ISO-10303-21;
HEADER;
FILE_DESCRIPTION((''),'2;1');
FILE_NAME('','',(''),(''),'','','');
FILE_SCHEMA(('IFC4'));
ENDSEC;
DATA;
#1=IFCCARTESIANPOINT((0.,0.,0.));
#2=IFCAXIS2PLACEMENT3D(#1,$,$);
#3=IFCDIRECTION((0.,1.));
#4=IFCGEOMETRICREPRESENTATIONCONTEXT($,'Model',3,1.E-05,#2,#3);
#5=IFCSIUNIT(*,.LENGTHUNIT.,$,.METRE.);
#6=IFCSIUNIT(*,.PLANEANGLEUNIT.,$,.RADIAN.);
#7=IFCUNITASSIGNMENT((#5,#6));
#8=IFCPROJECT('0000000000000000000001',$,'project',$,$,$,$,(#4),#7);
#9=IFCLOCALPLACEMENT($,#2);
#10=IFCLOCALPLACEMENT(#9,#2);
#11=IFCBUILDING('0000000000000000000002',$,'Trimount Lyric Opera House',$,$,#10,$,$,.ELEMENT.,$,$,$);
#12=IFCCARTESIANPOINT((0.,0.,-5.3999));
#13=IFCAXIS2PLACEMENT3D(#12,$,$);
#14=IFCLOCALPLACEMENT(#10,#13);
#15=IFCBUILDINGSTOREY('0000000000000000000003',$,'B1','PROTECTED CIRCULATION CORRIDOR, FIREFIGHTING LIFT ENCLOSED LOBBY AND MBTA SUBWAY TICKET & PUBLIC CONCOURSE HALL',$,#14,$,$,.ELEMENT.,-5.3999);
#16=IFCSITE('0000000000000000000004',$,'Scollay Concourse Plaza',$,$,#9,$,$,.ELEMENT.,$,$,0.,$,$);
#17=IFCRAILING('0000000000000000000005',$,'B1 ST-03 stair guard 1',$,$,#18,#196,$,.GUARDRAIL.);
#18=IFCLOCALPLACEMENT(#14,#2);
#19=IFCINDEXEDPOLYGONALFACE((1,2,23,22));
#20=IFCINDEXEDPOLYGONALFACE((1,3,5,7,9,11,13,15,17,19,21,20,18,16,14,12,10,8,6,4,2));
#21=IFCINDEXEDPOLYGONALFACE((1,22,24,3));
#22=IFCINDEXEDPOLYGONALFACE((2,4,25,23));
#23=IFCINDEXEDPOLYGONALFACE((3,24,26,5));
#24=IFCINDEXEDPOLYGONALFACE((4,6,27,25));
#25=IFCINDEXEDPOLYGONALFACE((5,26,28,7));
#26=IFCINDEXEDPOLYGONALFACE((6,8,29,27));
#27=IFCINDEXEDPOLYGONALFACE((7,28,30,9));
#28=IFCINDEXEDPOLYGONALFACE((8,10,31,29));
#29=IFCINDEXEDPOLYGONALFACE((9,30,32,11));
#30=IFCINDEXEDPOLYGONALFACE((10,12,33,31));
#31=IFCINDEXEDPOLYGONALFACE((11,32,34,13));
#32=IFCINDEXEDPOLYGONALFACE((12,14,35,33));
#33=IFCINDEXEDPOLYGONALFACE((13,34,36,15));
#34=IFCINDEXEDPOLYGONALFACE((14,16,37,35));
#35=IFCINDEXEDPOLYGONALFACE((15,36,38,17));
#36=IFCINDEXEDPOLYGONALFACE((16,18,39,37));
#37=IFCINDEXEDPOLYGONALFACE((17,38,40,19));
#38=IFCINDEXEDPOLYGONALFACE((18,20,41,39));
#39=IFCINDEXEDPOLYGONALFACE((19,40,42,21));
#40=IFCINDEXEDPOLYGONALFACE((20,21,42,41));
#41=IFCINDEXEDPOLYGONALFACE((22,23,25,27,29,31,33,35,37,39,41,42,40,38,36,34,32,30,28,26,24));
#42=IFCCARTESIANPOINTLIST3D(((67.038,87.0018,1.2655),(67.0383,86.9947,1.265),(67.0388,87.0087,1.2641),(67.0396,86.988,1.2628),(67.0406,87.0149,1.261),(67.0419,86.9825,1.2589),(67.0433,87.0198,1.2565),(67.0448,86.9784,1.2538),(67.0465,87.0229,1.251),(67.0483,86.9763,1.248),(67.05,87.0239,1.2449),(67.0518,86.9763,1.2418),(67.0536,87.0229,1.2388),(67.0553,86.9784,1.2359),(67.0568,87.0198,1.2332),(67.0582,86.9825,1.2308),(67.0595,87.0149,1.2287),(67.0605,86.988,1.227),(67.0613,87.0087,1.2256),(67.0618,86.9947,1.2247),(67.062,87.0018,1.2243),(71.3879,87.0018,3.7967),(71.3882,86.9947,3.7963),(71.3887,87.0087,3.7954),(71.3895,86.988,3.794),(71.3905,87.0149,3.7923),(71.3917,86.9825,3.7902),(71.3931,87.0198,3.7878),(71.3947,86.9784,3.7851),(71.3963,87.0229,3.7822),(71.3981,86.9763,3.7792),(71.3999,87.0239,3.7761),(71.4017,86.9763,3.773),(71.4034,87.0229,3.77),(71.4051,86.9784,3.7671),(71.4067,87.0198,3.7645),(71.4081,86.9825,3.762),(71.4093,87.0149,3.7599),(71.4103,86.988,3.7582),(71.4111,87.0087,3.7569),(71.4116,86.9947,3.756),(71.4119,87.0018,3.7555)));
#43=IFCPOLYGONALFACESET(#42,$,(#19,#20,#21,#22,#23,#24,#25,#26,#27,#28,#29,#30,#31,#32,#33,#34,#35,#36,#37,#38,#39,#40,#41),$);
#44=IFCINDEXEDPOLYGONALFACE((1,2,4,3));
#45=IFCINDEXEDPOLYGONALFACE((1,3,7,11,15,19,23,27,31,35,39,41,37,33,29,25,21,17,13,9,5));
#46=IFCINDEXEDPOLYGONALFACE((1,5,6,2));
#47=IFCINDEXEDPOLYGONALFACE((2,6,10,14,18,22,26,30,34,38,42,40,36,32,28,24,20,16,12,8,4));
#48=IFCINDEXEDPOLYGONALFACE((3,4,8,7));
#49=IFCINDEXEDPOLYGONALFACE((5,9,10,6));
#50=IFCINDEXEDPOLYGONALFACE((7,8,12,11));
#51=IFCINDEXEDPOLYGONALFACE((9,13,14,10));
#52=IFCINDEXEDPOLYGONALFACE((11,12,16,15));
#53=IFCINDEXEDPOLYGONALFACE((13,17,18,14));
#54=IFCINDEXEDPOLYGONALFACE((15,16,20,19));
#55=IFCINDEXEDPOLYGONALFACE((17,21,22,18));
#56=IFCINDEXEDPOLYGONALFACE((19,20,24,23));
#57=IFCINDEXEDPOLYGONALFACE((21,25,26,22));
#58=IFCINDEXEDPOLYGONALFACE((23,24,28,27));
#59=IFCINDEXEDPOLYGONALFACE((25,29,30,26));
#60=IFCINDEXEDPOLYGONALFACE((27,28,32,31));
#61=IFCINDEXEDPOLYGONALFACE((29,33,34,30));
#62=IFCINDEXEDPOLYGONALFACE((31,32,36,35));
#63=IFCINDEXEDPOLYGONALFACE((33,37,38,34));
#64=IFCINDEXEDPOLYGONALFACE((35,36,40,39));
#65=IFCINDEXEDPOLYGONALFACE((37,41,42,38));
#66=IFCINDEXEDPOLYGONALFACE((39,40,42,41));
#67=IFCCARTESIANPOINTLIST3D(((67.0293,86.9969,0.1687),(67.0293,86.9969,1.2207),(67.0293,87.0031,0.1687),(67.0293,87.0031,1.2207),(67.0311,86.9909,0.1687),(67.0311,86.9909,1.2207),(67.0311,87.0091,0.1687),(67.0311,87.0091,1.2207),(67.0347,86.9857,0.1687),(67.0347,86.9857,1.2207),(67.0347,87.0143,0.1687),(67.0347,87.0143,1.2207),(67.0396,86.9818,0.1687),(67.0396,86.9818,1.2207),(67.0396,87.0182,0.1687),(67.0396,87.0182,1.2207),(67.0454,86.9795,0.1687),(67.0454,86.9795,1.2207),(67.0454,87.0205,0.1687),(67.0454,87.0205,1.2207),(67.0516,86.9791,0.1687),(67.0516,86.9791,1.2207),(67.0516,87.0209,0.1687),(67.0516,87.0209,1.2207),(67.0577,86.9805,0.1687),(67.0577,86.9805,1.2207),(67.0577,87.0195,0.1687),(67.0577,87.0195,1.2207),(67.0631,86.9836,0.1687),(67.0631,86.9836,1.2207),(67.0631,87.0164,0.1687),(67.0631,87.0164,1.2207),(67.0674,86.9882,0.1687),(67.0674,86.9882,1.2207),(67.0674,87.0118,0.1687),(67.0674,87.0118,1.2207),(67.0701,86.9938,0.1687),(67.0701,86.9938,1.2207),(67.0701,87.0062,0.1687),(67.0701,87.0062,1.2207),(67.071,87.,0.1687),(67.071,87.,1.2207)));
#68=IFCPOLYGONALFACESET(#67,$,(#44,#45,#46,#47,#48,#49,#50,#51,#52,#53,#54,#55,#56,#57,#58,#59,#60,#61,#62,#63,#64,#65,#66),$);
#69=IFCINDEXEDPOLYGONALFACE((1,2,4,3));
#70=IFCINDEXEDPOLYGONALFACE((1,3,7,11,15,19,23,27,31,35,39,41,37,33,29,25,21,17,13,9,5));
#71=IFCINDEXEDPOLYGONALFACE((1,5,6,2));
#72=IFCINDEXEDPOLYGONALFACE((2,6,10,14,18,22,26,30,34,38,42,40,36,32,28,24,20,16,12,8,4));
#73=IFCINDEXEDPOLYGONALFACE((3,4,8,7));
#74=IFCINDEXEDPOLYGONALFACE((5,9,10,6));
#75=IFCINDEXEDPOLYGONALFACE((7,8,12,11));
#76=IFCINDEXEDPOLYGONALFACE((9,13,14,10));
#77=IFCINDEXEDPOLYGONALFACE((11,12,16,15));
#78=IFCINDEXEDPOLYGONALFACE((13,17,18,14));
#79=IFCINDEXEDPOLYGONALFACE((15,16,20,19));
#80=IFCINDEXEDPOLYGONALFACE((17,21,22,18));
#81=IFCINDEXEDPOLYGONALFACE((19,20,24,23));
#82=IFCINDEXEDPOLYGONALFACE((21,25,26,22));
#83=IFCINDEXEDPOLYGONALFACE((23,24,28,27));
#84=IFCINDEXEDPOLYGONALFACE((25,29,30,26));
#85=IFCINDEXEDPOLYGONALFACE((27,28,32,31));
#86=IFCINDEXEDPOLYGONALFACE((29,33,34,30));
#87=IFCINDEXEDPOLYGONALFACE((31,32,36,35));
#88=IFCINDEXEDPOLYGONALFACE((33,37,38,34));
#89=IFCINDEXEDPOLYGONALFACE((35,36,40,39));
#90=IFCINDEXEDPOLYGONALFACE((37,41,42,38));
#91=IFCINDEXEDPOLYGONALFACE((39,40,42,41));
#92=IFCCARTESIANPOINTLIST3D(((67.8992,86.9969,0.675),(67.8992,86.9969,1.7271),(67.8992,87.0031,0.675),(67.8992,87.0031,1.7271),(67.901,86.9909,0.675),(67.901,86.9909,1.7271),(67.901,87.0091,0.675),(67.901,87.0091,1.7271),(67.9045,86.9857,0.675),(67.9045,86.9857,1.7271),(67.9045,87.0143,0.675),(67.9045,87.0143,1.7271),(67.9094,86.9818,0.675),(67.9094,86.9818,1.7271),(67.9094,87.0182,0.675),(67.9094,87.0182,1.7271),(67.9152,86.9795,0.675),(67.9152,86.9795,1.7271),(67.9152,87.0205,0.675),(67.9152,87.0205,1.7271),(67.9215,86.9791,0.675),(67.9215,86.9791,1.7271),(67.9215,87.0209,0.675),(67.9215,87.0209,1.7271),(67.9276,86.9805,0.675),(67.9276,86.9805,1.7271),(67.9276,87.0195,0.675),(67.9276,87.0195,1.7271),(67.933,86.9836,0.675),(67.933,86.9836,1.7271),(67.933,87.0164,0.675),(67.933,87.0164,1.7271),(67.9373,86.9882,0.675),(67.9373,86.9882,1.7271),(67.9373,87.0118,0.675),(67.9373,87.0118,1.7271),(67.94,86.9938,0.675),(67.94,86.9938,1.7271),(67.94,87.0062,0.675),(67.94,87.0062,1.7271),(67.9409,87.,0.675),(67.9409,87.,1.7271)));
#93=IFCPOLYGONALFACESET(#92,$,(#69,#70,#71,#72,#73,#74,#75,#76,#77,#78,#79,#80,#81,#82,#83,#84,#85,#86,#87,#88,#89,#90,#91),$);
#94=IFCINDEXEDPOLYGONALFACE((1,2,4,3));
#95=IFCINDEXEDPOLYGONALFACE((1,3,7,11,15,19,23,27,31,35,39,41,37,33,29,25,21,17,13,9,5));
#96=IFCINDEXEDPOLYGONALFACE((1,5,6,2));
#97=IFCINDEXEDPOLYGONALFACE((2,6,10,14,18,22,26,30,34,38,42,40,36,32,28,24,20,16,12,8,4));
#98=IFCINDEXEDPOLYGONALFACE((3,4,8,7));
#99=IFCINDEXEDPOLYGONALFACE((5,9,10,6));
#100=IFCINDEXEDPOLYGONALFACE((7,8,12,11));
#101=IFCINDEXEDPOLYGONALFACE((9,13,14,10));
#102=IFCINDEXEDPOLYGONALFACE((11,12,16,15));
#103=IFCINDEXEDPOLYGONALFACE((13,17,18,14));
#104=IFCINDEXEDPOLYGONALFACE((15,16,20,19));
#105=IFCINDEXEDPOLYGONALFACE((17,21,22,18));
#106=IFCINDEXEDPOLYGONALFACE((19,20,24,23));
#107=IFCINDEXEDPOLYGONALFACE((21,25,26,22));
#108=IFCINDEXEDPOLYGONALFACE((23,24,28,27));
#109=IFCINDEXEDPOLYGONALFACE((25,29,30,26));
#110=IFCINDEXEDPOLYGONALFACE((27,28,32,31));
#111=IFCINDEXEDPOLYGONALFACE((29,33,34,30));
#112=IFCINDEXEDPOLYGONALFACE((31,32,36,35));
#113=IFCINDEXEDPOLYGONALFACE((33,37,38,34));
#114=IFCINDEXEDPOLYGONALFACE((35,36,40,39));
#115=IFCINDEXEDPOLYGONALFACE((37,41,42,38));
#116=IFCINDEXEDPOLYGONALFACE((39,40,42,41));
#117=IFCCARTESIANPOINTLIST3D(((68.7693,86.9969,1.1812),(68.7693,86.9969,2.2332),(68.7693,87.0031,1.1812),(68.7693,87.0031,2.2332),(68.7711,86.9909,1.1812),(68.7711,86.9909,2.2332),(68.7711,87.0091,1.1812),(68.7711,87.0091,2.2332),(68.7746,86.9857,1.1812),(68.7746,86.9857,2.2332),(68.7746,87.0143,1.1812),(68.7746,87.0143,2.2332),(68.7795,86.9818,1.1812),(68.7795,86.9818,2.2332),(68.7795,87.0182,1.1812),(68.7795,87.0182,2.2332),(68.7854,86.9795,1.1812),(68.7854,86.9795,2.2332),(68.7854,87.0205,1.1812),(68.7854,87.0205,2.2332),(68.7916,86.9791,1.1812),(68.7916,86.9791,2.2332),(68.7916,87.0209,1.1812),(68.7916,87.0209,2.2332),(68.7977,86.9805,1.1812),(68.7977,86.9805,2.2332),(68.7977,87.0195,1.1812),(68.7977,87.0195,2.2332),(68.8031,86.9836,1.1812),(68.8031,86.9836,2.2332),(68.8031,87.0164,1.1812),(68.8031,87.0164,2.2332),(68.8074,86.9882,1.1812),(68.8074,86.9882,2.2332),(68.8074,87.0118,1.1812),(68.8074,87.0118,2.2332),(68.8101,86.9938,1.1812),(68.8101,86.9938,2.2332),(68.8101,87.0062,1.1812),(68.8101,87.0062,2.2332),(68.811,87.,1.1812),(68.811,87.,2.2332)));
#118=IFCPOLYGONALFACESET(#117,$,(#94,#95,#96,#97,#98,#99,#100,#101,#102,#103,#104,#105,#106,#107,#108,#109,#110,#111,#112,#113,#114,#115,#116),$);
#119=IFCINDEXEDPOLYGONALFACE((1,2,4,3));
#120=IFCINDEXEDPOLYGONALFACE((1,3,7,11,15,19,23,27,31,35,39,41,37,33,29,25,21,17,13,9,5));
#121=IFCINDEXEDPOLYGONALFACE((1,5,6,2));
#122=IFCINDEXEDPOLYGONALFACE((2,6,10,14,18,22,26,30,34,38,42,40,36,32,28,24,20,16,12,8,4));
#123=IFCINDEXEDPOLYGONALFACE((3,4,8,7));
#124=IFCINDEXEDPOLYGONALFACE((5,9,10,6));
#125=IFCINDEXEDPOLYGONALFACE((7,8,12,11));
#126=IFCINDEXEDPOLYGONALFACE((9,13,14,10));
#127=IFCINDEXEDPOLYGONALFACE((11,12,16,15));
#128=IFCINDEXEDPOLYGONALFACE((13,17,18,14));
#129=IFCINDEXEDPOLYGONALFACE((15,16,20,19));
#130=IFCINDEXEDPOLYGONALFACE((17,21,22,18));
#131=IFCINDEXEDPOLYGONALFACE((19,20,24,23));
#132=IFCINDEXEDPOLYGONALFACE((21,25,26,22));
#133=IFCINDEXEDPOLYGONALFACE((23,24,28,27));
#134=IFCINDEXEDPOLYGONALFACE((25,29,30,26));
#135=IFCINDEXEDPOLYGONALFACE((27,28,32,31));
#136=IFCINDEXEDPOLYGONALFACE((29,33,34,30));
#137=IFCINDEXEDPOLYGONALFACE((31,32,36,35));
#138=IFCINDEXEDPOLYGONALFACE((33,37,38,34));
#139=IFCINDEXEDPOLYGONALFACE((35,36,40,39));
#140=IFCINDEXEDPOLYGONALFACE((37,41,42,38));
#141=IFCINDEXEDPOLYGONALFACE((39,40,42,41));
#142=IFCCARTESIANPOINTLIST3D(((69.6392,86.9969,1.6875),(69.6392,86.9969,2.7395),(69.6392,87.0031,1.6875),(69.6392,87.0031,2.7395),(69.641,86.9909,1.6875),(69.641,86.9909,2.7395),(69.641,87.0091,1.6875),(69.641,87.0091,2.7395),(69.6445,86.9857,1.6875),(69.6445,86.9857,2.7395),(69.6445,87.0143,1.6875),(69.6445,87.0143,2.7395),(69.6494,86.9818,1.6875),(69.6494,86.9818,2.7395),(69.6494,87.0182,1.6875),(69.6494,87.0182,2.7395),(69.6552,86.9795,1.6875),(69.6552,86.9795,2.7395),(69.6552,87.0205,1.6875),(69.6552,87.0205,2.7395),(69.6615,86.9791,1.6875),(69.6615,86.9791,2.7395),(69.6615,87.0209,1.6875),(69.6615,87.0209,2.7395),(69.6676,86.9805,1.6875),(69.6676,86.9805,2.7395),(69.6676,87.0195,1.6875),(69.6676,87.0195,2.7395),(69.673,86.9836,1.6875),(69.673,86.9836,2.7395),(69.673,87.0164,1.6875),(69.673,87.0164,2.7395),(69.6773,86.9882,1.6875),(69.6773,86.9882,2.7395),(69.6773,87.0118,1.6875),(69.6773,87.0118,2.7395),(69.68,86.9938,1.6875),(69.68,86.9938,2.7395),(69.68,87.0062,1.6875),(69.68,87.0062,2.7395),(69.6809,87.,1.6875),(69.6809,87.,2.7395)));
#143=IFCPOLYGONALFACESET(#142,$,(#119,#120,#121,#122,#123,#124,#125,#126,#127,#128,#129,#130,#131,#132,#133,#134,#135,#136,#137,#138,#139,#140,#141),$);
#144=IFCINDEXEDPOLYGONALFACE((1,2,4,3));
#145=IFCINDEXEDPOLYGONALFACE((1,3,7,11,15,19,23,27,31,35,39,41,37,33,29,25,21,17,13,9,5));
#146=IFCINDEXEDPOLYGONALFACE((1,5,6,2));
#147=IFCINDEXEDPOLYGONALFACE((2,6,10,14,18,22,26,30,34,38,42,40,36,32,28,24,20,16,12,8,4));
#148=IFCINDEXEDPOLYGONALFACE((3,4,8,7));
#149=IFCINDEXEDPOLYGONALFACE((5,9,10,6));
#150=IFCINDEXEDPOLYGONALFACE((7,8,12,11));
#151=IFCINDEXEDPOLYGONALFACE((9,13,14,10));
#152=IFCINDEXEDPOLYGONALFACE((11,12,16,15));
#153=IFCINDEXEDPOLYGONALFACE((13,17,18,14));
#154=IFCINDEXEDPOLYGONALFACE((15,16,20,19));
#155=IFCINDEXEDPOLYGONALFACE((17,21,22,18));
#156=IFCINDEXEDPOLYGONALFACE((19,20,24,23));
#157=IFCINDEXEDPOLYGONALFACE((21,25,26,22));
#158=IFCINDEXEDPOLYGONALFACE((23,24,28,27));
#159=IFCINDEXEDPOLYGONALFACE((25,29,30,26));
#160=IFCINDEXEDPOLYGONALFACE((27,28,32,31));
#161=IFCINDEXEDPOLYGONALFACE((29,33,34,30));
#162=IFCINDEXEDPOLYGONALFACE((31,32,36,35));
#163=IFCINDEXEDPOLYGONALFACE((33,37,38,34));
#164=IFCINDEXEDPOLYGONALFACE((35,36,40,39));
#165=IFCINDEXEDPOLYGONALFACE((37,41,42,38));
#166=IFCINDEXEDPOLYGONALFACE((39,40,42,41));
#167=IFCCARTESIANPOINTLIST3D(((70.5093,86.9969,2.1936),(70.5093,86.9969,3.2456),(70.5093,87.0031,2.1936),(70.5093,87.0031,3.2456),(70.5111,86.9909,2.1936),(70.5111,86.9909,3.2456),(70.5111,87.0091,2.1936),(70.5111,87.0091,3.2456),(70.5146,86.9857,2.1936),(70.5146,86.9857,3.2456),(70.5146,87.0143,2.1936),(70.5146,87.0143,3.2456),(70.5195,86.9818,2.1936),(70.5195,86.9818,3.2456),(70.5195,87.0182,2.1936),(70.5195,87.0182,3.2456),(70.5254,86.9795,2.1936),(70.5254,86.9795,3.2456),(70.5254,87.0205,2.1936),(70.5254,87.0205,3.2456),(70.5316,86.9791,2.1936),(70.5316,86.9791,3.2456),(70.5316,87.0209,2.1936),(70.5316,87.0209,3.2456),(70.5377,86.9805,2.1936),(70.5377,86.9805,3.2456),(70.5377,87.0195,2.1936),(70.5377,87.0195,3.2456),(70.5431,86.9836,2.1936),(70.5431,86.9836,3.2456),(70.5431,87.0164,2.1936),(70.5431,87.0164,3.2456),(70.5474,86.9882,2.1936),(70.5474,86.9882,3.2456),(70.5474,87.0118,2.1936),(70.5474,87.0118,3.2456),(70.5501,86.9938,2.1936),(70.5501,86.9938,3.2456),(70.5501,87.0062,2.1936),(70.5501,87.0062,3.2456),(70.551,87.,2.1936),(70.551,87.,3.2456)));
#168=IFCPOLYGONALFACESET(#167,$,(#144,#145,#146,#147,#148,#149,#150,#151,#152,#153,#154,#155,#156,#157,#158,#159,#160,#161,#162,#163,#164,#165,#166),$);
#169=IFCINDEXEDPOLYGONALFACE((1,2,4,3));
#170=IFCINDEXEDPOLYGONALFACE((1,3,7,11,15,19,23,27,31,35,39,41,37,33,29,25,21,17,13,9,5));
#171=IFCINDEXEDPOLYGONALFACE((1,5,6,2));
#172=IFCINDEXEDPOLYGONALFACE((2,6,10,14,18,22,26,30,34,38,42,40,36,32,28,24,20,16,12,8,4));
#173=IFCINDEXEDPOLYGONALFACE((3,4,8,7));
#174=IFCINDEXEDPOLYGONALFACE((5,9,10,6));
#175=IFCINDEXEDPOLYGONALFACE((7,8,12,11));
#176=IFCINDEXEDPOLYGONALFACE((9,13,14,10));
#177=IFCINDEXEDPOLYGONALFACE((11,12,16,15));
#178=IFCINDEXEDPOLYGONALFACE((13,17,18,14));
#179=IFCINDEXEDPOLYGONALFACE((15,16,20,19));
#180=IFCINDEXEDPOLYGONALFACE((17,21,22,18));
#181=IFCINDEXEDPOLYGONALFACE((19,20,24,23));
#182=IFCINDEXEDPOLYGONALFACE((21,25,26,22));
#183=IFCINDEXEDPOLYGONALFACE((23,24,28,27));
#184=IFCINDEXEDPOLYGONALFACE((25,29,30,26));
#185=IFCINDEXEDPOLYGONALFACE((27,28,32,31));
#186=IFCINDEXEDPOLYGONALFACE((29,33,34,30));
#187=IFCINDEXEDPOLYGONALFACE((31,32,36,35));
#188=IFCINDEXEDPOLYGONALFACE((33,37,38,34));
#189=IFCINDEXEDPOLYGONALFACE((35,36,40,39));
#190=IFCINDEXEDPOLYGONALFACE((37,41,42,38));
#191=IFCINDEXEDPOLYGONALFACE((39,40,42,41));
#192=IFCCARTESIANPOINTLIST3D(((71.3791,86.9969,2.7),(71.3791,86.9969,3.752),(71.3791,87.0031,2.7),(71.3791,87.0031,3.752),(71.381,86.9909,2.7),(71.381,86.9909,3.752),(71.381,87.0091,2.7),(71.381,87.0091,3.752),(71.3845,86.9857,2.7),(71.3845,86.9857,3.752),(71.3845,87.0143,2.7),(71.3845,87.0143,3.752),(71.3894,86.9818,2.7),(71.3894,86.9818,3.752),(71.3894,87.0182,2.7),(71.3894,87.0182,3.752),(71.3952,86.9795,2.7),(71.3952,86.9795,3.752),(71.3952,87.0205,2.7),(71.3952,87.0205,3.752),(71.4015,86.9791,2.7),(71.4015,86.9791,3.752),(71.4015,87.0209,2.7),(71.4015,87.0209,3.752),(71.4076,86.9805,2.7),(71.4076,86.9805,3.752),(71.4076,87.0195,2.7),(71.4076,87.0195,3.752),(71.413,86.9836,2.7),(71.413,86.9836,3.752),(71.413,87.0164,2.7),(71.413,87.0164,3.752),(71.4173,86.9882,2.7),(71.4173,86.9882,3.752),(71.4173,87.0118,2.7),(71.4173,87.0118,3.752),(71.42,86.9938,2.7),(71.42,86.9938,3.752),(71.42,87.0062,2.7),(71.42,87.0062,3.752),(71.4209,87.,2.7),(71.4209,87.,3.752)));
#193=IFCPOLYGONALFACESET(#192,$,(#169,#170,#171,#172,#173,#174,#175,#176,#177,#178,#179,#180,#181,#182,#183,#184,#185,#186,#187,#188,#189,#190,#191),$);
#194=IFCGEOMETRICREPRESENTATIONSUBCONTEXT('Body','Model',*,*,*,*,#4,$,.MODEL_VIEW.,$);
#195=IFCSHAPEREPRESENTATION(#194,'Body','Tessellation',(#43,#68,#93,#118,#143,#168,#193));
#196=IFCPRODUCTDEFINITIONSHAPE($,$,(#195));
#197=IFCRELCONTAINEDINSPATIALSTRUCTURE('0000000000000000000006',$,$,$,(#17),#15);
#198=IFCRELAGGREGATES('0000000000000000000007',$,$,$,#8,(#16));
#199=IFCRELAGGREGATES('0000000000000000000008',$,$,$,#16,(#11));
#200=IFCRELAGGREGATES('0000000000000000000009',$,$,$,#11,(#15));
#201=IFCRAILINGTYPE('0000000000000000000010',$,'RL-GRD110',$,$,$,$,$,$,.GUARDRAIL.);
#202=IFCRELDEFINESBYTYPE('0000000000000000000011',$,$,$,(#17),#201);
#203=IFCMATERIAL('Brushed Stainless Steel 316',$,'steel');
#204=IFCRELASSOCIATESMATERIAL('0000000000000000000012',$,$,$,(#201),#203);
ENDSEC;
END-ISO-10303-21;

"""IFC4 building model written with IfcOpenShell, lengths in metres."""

from ifc_helpers import new_model, si_unit, direction, frame, origin, origin_2d, place, context, subcontext, project, spatial, circle, extrude, material, type_object, element, save


model = new_model("IFC4")

# Units and contexts
model_context = context("Model", 3, precision=1e-05, world=origin(), true_north=direction((0.0, 1.0)))
body_context = subcontext(model_context, "Body", "Model", "MODEL_VIEW")
ifc_project = project(units=[si_unit("LENGTHUNIT", "METRE"), si_unit("PLANEANGLEUNIT", "RADIAN")], contexts=[model_context])

# Site, building, storey
site_placement = place(None, origin())
site = spatial("IfcSite", under=ifc_project, at=site_placement, Name="Scollay Concourse Plaza", CompositionType="ELEMENT", RefElevation=0.0)
building_placement = place(site_placement, origin())
building = spatial("IfcBuilding", under=site, at=building_placement, Name="Trimount Lyric Opera House", CompositionType="ELEMENT")
storey_placement = place(building_placement, frame((0.0, 0.0, -5.3999)))
storey = spatial("IfcBuildingStorey", under=building, at=storey_placement, Name="B1", Description="PROTECTED CIRCULATION CORRIDOR, FIREFIGHTING LIFT ENCLOSED LOBBY AND MBTA SUBWAY TICKET & PUBLIC CONCOURSE HALL", CompositionType="ELEMENT", Elevation=-5.3999)

# Railing
ifc_material_1 = material(Name="Brushed Stainless Steel 316", Category="steel")
railing_type_1 = type_object("IfcRailingType", Name="RL-GRD110", PredefinedType="GUARDRAIL", material=ifc_material_1)
railing_1_placement = place(storey_placement, frame((67.05, 87.0, 0.1687)))
element("IfcRailing", 1, at=railing_1_placement, inside=storey, type_object=railing_type_1, Name="B1 ST-03 stair guard 1", PredefinedType="GUARDRAIL", context=body_context, shape_type="SweptSolid", body=[
    extrude(circle(Radius=0.0239, at=origin_2d()), frame((0.0, 0.0, 1.0762), z_axis=(0.864312, 0.0, 0.502957), x_axis=(0.0, 1.0, 0.0)), (0.0, 0.0, 1.0), 5.0327),
    extrude(circle(Radius=0.021, at=origin_2d()), origin(), (0.0, 0.0, 1.0), 1.052),
    extrude(circle(Radius=0.021, at=origin_2d()), frame((0.8699, 0.0, 0.5063)), (0.0, 0.0, 1.0), 1.052),
    extrude(circle(Radius=0.021, at=origin_2d()), frame((1.74, 0.0, 1.0125)), (0.0, 0.0, 1.0), 1.052),
    extrude(circle(Radius=0.021, at=origin_2d()), frame((2.6099, 0.0, 1.5188)), (0.0, 0.0, 1.0), 1.052),
    extrude(circle(Radius=0.021, at=origin_2d()), frame((3.48, 0.0, 2.0249)), (0.0, 0.0, 1.0), 1.052),
    extrude(circle(Radius=0.021, at=origin_2d()), frame((4.3499, 0.0, 2.5312)), (0.0, 0.0, 1.0), 1.052),
])

save(model, "model.ifc")
